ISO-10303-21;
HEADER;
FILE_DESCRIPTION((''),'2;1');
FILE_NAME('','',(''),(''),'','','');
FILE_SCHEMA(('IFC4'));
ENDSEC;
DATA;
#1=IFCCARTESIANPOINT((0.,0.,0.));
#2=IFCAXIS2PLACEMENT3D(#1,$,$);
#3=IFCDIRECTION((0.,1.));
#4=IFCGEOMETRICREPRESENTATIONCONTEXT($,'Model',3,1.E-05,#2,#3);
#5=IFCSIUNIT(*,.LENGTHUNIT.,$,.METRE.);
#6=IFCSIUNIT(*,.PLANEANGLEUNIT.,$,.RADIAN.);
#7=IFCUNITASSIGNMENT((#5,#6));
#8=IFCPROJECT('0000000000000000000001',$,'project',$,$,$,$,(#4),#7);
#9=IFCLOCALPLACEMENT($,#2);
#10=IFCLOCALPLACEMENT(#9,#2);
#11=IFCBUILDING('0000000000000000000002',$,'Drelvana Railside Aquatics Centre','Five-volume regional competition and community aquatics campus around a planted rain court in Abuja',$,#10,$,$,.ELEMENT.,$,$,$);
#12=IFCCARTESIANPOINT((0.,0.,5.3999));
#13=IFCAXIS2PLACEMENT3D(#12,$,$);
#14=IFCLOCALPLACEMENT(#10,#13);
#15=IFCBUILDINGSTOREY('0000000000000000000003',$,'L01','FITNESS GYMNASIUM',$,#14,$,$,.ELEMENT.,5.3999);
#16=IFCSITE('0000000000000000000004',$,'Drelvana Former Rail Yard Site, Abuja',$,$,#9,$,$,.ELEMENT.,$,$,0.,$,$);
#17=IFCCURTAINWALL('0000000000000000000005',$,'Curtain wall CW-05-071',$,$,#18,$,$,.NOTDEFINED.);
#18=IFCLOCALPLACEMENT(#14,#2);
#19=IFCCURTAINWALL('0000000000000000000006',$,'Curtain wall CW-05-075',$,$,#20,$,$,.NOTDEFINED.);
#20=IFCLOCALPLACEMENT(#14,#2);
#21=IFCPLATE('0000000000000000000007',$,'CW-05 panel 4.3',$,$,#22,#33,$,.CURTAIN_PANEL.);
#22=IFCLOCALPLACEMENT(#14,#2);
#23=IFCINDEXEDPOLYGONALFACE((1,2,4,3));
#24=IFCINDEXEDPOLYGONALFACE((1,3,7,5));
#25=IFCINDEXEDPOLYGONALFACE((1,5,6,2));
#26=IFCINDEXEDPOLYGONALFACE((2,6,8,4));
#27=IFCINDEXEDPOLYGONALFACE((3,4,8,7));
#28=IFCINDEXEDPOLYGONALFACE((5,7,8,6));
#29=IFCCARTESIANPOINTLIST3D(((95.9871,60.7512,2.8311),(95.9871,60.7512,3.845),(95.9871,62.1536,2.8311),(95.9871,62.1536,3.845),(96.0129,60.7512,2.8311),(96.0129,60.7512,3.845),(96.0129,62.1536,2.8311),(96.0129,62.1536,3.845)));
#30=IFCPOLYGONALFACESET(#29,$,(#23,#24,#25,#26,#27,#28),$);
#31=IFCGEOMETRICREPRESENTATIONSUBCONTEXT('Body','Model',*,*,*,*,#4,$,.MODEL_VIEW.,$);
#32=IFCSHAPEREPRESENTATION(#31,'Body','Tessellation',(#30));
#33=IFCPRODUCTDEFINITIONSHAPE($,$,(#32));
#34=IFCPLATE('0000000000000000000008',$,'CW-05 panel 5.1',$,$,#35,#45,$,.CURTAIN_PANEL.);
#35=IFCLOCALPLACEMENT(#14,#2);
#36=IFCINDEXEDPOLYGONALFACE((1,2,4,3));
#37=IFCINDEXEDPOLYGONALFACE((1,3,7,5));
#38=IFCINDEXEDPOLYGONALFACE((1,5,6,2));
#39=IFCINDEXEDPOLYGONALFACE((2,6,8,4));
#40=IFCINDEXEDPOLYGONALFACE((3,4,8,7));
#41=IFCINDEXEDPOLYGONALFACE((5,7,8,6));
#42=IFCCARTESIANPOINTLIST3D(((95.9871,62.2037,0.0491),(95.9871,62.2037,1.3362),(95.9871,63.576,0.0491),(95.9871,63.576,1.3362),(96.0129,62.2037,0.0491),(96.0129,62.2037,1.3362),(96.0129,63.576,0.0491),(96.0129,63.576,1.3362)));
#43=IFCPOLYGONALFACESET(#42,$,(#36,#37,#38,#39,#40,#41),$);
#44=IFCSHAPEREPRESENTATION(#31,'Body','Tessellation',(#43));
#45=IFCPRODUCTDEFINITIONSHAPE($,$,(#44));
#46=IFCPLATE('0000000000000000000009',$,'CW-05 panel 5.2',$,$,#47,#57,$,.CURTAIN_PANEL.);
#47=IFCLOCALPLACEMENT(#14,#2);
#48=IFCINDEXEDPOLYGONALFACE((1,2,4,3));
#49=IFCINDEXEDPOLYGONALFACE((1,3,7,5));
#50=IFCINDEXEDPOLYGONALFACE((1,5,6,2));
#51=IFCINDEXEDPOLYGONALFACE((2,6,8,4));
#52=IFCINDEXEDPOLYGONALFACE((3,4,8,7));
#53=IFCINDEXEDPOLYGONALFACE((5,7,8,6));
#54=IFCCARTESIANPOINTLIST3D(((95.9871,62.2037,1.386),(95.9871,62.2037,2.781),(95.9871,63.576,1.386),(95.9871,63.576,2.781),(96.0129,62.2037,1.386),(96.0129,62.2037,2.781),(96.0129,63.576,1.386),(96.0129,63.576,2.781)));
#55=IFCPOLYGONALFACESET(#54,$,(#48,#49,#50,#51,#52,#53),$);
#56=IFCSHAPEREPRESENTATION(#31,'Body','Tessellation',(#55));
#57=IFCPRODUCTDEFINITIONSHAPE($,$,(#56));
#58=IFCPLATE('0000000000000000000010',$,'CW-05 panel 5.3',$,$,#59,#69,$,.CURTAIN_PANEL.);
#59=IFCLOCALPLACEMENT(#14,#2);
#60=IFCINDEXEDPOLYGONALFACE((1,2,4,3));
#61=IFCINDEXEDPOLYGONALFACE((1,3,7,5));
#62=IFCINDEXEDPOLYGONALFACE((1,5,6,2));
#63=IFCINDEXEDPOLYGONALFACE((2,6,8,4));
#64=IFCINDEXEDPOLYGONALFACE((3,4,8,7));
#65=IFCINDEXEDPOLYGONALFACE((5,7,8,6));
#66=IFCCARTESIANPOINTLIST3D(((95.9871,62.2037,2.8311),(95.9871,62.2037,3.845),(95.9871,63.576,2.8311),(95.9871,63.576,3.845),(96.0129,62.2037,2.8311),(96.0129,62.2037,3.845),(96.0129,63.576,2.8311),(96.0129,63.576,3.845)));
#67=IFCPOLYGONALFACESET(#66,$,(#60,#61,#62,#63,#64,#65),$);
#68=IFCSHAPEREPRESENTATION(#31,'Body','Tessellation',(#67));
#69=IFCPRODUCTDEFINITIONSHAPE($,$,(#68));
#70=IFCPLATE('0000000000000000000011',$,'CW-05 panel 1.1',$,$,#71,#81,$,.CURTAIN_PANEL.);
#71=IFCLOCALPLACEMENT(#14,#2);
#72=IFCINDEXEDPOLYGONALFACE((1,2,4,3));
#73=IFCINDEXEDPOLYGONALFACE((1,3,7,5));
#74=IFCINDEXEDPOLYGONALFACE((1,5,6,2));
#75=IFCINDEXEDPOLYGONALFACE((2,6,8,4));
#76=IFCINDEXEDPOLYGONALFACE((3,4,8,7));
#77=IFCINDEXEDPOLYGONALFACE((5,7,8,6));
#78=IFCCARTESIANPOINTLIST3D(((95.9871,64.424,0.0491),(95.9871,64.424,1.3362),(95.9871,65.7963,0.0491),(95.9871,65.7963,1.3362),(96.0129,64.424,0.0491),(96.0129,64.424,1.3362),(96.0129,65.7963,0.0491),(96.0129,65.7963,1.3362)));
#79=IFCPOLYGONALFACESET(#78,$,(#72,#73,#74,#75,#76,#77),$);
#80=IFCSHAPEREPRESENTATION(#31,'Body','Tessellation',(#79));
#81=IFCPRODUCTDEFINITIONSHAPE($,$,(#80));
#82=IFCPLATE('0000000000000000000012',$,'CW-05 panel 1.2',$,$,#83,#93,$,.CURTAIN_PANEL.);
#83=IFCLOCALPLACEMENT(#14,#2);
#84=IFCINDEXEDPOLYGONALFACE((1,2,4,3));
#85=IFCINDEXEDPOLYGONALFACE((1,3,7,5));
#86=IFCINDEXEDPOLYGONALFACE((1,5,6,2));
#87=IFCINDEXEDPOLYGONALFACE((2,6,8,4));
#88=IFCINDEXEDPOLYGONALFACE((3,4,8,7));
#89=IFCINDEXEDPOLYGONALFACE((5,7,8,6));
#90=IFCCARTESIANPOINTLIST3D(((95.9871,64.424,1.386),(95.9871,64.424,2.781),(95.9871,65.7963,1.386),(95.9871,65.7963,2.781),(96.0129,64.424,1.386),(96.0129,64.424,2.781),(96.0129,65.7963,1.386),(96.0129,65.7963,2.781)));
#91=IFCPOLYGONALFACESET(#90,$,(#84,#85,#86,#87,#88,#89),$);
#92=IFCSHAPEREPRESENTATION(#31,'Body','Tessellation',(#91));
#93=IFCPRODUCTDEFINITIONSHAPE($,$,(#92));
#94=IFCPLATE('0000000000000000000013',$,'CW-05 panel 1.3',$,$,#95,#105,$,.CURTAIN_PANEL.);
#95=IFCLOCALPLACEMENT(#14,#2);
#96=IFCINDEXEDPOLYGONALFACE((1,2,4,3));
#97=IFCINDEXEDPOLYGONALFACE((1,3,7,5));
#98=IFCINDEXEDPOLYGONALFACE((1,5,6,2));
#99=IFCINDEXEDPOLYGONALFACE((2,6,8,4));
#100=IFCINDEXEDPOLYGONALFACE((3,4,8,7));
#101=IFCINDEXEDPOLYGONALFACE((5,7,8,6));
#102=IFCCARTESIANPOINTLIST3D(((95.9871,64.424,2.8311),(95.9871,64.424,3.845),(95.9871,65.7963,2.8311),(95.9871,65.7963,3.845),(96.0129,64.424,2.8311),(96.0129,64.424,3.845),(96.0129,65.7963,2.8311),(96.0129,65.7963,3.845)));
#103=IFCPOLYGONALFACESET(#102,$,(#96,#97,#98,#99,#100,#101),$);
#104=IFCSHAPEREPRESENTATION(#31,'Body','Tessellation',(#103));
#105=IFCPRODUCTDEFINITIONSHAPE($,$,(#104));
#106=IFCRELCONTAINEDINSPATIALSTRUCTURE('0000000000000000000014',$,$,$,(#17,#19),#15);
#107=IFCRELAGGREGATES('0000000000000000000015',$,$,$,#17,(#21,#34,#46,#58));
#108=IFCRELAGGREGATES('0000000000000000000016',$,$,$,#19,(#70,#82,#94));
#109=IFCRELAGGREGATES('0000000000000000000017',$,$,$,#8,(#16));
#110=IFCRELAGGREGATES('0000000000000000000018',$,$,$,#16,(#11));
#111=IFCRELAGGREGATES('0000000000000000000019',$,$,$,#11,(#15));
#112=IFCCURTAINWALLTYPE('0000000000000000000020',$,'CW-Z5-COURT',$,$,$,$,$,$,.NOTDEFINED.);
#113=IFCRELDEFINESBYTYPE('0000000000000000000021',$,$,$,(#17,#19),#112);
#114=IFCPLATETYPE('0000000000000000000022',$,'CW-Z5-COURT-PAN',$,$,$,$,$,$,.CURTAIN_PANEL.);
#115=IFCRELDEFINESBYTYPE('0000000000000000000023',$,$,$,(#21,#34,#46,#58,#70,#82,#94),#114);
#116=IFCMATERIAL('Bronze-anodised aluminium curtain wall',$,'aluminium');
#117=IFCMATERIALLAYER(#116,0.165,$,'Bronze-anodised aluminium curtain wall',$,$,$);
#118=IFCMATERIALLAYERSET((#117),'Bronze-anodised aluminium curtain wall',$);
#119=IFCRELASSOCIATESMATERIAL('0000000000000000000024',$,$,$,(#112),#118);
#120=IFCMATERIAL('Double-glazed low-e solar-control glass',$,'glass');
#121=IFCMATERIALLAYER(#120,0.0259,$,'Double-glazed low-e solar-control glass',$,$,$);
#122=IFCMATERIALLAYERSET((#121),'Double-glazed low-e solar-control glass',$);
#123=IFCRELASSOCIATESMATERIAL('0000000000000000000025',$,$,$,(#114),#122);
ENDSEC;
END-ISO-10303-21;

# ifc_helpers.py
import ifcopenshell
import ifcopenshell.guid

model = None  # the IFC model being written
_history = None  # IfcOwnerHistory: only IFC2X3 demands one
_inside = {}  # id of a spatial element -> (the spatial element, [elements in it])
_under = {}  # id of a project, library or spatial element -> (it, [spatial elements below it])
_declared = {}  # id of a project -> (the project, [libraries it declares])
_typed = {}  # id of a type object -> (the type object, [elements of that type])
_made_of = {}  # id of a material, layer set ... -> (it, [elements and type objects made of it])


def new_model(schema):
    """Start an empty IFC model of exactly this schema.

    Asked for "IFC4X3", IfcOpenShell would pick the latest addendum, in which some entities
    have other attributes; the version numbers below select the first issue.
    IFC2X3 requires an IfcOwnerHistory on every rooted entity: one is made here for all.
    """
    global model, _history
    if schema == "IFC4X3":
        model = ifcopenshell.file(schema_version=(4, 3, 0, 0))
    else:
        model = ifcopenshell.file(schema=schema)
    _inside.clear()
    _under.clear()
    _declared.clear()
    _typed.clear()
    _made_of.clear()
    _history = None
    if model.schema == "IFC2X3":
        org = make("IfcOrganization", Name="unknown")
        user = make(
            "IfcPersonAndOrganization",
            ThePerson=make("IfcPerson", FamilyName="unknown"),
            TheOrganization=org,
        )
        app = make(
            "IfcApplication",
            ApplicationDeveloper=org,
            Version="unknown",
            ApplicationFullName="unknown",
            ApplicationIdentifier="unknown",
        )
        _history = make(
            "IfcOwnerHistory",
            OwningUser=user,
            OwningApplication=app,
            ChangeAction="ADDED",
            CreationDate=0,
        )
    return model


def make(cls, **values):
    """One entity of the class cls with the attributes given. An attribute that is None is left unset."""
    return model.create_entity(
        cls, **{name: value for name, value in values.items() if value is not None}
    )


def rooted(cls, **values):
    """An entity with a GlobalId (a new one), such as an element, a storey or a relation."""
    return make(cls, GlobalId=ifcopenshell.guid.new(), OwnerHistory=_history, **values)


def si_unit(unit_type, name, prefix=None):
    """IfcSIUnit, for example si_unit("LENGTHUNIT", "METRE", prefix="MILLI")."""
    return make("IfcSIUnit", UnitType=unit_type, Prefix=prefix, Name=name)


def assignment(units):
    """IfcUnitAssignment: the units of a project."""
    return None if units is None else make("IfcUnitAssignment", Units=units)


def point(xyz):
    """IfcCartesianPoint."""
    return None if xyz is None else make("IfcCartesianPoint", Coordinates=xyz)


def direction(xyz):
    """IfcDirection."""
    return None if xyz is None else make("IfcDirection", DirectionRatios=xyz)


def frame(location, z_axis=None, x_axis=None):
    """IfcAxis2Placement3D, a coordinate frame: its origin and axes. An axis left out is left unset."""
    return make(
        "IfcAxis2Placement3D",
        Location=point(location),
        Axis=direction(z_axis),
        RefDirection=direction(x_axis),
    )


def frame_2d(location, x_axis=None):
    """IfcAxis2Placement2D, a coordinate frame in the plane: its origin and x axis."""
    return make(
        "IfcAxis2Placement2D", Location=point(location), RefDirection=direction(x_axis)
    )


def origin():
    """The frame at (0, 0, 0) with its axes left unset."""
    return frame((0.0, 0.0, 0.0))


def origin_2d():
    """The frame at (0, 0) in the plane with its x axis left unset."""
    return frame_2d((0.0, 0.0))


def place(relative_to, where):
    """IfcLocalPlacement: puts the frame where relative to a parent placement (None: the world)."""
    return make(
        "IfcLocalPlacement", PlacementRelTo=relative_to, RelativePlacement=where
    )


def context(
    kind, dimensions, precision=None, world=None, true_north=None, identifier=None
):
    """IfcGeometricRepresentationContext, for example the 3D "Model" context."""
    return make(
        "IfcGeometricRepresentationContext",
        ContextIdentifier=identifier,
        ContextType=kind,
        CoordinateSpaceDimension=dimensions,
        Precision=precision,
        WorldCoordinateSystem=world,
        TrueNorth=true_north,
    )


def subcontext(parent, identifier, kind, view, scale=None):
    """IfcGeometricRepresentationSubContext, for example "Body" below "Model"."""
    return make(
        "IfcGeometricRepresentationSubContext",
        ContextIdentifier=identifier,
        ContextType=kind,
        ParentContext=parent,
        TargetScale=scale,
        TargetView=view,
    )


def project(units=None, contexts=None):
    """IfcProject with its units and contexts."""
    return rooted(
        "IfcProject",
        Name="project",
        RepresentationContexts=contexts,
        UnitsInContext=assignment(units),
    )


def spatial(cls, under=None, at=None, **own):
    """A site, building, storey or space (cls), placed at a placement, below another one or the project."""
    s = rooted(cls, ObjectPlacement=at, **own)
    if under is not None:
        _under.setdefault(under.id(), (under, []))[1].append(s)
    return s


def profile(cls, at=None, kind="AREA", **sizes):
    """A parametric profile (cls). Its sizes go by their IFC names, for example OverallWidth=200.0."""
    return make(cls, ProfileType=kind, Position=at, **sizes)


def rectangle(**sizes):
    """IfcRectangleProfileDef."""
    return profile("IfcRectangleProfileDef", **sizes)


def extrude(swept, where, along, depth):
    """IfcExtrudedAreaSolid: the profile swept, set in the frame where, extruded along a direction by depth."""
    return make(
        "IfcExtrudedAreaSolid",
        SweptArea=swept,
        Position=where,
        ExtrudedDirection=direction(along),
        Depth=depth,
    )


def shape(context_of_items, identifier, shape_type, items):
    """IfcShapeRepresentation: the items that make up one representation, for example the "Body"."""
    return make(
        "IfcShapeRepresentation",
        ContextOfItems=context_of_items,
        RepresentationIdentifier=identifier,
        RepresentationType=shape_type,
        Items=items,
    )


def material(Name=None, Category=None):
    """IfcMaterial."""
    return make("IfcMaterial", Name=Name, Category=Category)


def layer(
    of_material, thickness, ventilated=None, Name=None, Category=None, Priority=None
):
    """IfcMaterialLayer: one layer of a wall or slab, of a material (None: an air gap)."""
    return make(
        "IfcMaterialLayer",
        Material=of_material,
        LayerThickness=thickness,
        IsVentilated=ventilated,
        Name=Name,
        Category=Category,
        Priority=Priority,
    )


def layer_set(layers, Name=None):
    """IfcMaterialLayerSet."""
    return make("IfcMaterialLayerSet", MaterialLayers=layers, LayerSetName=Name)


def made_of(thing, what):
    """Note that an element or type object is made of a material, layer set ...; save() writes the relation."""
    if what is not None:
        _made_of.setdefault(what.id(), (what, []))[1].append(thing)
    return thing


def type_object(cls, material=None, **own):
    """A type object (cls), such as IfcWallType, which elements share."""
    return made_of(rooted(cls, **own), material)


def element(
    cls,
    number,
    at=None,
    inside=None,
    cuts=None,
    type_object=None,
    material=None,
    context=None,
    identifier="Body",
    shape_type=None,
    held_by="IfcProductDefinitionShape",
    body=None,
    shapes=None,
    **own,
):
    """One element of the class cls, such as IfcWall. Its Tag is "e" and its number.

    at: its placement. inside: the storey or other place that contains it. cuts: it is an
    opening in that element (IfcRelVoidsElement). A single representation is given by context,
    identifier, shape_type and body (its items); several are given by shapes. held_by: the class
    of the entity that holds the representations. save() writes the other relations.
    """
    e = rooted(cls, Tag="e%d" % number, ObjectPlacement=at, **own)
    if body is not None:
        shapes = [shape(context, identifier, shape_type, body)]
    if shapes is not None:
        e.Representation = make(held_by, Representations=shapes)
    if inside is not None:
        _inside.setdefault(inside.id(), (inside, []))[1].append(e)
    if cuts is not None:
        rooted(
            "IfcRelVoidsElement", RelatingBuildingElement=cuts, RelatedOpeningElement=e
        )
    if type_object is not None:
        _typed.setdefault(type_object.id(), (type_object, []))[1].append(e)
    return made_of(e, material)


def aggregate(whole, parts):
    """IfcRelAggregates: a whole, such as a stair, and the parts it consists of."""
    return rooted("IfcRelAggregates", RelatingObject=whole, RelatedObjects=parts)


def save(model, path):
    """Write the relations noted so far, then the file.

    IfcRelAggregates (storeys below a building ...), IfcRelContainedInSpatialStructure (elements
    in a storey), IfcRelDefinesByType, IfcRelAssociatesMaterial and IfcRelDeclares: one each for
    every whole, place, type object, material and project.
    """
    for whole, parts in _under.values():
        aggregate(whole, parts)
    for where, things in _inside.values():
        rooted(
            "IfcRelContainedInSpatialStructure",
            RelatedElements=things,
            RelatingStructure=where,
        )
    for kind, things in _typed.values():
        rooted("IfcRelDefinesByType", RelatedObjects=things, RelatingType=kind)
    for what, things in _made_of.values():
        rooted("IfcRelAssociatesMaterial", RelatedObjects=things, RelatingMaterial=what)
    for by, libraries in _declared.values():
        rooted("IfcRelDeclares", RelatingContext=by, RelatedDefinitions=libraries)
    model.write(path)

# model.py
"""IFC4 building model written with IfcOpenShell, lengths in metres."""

from ifc_helpers import new_model, si_unit, direction, frame, origin, origin_2d, place, context, subcontext, project, spatial, rectangle, extrude, material, layer, layer_set, type_object, element, aggregate, save


model = new_model("IFC4")

# Units and contexts
model_context = context("Model", 3, precision=1e-05, world=origin(), true_north=direction((0.0, 1.0)))
body_context = subcontext(model_context, "Body", "Model", "MODEL_VIEW")
ifc_project = project(units=[si_unit("LENGTHUNIT", "METRE"), si_unit("PLANEANGLEUNIT", "RADIAN")], contexts=[model_context])

# Site, building, storey
site_placement = place(None, origin())
site = spatial("IfcSite", under=ifc_project, at=site_placement, Name="Drelvana Former Rail Yard Site, Abuja", CompositionType="ELEMENT", RefElevation=0.0)
building_placement = place(site_placement, origin())
building = spatial("IfcBuilding", under=site, at=building_placement, Name="Drelvana Railside Aquatics Centre", Description="Five-volume regional competition and community aquatics campus around a planted rain court in Abuja", CompositionType="ELEMENT")
storey_placement = place(building_placement, frame((0.0, 0.0, 5.3999)))
storey = spatial("IfcBuildingStorey", under=building, at=storey_placement, Name="L01", Description="FITNESS GYMNASIUM", CompositionType="ELEMENT", Elevation=5.3999)

# Curtain walls
ifc_material_1 = material(Name="Bronze-anodised aluminium curtain wall", Category="aluminium")
ifc_layer_1 = layer(ifc_material_1, 0.165, Name="Bronze-anodised aluminium curtain wall")
ifc_layer_set_1 = layer_set([ifc_layer_1], Name="Bronze-anodised aluminium curtain wall")
curtain_wall_type = type_object("IfcCurtainWallType", Name="CW-Z5-COURT", PredefinedType="NOTDEFINED", material=ifc_layer_set_1)
curtain_wall_1_placement = place(storey_placement, origin())
curtain_wall_1 = element("IfcCurtainWall", 1, at=curtain_wall_1_placement, inside=storey, type_object=curtain_wall_type, Name="Curtain wall CW-05-071", PredefinedType="NOTDEFINED")
curtain_wall_2_placement = place(storey_placement, origin())
curtain_wall_2 = element("IfcCurtainWall", 2, at=curtain_wall_2_placement, inside=storey, type_object=curtain_wall_type, Name="Curtain wall CW-05-075", PredefinedType="NOTDEFINED")

# Plates
ifc_material_2 = material(Name="Double-glazed low-e solar-control glass", Category="glass")
ifc_layer_2 = layer(ifc_material_2, 0.0259, Name="Double-glazed low-e solar-control glass")
ifc_layer_set_2 = layer_set([ifc_layer_2], Name="Double-glazed low-e solar-control glass")
plate_type = type_object("IfcPlateType", Name="CW-Z5-COURT-PAN", PredefinedType="CURTAIN_PANEL", material=ifc_layer_set_2)
plate_1_placement = place(storey_placement, frame((96.0, 61.4524, 2.8311), z_axis=(0.0, 0.0, 1.0), x_axis=(0.0, 1.0, 0.0)))
plate_1 = element("IfcPlate", 3, at=plate_1_placement, type_object=plate_type, Name="CW-05 panel 4.3", PredefinedType="CURTAIN_PANEL", context=body_context, shape_type="SweptSolid", body=[
    extrude(rectangle(XDim=1.4023, YDim=0.0259, at=origin_2d()), origin(), (0.0, 0.0, 1.0), 1.0139),
])
plate_2_placement = place(storey_placement, frame((96.0, 62.8899, 0.0491), z_axis=(0.0, 0.0, 1.0), x_axis=(0.0, 1.0, 0.0)))
plate_2 = element("IfcPlate", 4, at=plate_2_placement, type_object=plate_type, Name="CW-05 panel 5.1", PredefinedType="CURTAIN_PANEL", context=body_context, shape_type="SweptSolid", body=[
    extrude(rectangle(XDim=1.3723, YDim=0.0259, at=origin_2d()), origin(), (0.0, 0.0, 1.0), 1.2871),
])
plate_3_placement = place(storey_placement, frame((96.0, 62.8899, 1.386), z_axis=(0.0, 0.0, 1.0), x_axis=(0.0, 1.0, 0.0)))
plate_3 = element("IfcPlate", 5, at=plate_3_placement, type_object=plate_type, Name="CW-05 panel 5.2", PredefinedType="CURTAIN_PANEL", context=body_context, shape_type="SweptSolid", body=[
    extrude(rectangle(XDim=1.3723, YDim=0.0259, at=origin_2d()), origin(), (0.0, 0.0, 1.0), 1.395),
])
plate_4_placement = place(storey_placement, frame((96.0, 62.8899, 2.8311), z_axis=(0.0, 0.0, 1.0), x_axis=(0.0, 1.0, 0.0)))
plate_4 = element("IfcPlate", 6, at=plate_4_placement, type_object=plate_type, Name="CW-05 panel 5.3", PredefinedType="CURTAIN_PANEL", context=body_context, shape_type="SweptSolid", body=[
    extrude(rectangle(XDim=1.3723, YDim=0.0259, at=origin_2d()), origin(), (0.0, 0.0, 1.0), 1.0139),
])
aggregate(curtain_wall_1, [plate_1, plate_2, plate_3, plate_4])
plate_5_placement = place(storey_placement, frame((96.0, 65.1101, 0.0491), z_axis=(0.0, 0.0, 1.0), x_axis=(0.0, 1.0, 0.0)))
plate_5 = element("IfcPlate", 7, at=plate_5_placement, type_object=plate_type, Name="CW-05 panel 1.1", PredefinedType="CURTAIN_PANEL", context=body_context, shape_type="SweptSolid", body=[
    extrude(rectangle(XDim=1.3723, YDim=0.0259, at=origin_2d()), origin(), (0.0, 0.0, 1.0), 1.2871),
])
plate_6_placement = place(storey_placement, frame((96.0, 65.1101, 1.386), z_axis=(0.0, 0.0, 1.0), x_axis=(0.0, 1.0, 0.0)))
plate_6 = element("IfcPlate", 8, at=plate_6_placement, type_object=plate_type, Name="CW-05 panel 1.2", PredefinedType="CURTAIN_PANEL", context=body_context, shape_type="SweptSolid", body=[
    extrude(rectangle(XDim=1.3723, YDim=0.0259, at=origin_2d()), origin(), (0.0, 0.0, 1.0), 1.395),
])
plate_7_placement = place(storey_placement, frame((96.0, 65.1101, 2.8311), z_axis=(0.0, 0.0, 1.0), x_axis=(0.0, 1.0, 0.0)))
plate_7 = element("IfcPlate", 9, at=plate_7_placement, type_object=plate_type, Name="CW-05 panel 1.3", PredefinedType="CURTAIN_PANEL", context=body_context, shape_type="SweptSolid", body=[
    extrude(rectangle(XDim=1.3723, YDim=0.0259, at=origin_2d()), origin(), (0.0, 0.0, 1.0), 1.0139),
])
aggregate(curtain_wall_2, [plate_5, plate_6, plate_7])

save(model, "model.ifc")
